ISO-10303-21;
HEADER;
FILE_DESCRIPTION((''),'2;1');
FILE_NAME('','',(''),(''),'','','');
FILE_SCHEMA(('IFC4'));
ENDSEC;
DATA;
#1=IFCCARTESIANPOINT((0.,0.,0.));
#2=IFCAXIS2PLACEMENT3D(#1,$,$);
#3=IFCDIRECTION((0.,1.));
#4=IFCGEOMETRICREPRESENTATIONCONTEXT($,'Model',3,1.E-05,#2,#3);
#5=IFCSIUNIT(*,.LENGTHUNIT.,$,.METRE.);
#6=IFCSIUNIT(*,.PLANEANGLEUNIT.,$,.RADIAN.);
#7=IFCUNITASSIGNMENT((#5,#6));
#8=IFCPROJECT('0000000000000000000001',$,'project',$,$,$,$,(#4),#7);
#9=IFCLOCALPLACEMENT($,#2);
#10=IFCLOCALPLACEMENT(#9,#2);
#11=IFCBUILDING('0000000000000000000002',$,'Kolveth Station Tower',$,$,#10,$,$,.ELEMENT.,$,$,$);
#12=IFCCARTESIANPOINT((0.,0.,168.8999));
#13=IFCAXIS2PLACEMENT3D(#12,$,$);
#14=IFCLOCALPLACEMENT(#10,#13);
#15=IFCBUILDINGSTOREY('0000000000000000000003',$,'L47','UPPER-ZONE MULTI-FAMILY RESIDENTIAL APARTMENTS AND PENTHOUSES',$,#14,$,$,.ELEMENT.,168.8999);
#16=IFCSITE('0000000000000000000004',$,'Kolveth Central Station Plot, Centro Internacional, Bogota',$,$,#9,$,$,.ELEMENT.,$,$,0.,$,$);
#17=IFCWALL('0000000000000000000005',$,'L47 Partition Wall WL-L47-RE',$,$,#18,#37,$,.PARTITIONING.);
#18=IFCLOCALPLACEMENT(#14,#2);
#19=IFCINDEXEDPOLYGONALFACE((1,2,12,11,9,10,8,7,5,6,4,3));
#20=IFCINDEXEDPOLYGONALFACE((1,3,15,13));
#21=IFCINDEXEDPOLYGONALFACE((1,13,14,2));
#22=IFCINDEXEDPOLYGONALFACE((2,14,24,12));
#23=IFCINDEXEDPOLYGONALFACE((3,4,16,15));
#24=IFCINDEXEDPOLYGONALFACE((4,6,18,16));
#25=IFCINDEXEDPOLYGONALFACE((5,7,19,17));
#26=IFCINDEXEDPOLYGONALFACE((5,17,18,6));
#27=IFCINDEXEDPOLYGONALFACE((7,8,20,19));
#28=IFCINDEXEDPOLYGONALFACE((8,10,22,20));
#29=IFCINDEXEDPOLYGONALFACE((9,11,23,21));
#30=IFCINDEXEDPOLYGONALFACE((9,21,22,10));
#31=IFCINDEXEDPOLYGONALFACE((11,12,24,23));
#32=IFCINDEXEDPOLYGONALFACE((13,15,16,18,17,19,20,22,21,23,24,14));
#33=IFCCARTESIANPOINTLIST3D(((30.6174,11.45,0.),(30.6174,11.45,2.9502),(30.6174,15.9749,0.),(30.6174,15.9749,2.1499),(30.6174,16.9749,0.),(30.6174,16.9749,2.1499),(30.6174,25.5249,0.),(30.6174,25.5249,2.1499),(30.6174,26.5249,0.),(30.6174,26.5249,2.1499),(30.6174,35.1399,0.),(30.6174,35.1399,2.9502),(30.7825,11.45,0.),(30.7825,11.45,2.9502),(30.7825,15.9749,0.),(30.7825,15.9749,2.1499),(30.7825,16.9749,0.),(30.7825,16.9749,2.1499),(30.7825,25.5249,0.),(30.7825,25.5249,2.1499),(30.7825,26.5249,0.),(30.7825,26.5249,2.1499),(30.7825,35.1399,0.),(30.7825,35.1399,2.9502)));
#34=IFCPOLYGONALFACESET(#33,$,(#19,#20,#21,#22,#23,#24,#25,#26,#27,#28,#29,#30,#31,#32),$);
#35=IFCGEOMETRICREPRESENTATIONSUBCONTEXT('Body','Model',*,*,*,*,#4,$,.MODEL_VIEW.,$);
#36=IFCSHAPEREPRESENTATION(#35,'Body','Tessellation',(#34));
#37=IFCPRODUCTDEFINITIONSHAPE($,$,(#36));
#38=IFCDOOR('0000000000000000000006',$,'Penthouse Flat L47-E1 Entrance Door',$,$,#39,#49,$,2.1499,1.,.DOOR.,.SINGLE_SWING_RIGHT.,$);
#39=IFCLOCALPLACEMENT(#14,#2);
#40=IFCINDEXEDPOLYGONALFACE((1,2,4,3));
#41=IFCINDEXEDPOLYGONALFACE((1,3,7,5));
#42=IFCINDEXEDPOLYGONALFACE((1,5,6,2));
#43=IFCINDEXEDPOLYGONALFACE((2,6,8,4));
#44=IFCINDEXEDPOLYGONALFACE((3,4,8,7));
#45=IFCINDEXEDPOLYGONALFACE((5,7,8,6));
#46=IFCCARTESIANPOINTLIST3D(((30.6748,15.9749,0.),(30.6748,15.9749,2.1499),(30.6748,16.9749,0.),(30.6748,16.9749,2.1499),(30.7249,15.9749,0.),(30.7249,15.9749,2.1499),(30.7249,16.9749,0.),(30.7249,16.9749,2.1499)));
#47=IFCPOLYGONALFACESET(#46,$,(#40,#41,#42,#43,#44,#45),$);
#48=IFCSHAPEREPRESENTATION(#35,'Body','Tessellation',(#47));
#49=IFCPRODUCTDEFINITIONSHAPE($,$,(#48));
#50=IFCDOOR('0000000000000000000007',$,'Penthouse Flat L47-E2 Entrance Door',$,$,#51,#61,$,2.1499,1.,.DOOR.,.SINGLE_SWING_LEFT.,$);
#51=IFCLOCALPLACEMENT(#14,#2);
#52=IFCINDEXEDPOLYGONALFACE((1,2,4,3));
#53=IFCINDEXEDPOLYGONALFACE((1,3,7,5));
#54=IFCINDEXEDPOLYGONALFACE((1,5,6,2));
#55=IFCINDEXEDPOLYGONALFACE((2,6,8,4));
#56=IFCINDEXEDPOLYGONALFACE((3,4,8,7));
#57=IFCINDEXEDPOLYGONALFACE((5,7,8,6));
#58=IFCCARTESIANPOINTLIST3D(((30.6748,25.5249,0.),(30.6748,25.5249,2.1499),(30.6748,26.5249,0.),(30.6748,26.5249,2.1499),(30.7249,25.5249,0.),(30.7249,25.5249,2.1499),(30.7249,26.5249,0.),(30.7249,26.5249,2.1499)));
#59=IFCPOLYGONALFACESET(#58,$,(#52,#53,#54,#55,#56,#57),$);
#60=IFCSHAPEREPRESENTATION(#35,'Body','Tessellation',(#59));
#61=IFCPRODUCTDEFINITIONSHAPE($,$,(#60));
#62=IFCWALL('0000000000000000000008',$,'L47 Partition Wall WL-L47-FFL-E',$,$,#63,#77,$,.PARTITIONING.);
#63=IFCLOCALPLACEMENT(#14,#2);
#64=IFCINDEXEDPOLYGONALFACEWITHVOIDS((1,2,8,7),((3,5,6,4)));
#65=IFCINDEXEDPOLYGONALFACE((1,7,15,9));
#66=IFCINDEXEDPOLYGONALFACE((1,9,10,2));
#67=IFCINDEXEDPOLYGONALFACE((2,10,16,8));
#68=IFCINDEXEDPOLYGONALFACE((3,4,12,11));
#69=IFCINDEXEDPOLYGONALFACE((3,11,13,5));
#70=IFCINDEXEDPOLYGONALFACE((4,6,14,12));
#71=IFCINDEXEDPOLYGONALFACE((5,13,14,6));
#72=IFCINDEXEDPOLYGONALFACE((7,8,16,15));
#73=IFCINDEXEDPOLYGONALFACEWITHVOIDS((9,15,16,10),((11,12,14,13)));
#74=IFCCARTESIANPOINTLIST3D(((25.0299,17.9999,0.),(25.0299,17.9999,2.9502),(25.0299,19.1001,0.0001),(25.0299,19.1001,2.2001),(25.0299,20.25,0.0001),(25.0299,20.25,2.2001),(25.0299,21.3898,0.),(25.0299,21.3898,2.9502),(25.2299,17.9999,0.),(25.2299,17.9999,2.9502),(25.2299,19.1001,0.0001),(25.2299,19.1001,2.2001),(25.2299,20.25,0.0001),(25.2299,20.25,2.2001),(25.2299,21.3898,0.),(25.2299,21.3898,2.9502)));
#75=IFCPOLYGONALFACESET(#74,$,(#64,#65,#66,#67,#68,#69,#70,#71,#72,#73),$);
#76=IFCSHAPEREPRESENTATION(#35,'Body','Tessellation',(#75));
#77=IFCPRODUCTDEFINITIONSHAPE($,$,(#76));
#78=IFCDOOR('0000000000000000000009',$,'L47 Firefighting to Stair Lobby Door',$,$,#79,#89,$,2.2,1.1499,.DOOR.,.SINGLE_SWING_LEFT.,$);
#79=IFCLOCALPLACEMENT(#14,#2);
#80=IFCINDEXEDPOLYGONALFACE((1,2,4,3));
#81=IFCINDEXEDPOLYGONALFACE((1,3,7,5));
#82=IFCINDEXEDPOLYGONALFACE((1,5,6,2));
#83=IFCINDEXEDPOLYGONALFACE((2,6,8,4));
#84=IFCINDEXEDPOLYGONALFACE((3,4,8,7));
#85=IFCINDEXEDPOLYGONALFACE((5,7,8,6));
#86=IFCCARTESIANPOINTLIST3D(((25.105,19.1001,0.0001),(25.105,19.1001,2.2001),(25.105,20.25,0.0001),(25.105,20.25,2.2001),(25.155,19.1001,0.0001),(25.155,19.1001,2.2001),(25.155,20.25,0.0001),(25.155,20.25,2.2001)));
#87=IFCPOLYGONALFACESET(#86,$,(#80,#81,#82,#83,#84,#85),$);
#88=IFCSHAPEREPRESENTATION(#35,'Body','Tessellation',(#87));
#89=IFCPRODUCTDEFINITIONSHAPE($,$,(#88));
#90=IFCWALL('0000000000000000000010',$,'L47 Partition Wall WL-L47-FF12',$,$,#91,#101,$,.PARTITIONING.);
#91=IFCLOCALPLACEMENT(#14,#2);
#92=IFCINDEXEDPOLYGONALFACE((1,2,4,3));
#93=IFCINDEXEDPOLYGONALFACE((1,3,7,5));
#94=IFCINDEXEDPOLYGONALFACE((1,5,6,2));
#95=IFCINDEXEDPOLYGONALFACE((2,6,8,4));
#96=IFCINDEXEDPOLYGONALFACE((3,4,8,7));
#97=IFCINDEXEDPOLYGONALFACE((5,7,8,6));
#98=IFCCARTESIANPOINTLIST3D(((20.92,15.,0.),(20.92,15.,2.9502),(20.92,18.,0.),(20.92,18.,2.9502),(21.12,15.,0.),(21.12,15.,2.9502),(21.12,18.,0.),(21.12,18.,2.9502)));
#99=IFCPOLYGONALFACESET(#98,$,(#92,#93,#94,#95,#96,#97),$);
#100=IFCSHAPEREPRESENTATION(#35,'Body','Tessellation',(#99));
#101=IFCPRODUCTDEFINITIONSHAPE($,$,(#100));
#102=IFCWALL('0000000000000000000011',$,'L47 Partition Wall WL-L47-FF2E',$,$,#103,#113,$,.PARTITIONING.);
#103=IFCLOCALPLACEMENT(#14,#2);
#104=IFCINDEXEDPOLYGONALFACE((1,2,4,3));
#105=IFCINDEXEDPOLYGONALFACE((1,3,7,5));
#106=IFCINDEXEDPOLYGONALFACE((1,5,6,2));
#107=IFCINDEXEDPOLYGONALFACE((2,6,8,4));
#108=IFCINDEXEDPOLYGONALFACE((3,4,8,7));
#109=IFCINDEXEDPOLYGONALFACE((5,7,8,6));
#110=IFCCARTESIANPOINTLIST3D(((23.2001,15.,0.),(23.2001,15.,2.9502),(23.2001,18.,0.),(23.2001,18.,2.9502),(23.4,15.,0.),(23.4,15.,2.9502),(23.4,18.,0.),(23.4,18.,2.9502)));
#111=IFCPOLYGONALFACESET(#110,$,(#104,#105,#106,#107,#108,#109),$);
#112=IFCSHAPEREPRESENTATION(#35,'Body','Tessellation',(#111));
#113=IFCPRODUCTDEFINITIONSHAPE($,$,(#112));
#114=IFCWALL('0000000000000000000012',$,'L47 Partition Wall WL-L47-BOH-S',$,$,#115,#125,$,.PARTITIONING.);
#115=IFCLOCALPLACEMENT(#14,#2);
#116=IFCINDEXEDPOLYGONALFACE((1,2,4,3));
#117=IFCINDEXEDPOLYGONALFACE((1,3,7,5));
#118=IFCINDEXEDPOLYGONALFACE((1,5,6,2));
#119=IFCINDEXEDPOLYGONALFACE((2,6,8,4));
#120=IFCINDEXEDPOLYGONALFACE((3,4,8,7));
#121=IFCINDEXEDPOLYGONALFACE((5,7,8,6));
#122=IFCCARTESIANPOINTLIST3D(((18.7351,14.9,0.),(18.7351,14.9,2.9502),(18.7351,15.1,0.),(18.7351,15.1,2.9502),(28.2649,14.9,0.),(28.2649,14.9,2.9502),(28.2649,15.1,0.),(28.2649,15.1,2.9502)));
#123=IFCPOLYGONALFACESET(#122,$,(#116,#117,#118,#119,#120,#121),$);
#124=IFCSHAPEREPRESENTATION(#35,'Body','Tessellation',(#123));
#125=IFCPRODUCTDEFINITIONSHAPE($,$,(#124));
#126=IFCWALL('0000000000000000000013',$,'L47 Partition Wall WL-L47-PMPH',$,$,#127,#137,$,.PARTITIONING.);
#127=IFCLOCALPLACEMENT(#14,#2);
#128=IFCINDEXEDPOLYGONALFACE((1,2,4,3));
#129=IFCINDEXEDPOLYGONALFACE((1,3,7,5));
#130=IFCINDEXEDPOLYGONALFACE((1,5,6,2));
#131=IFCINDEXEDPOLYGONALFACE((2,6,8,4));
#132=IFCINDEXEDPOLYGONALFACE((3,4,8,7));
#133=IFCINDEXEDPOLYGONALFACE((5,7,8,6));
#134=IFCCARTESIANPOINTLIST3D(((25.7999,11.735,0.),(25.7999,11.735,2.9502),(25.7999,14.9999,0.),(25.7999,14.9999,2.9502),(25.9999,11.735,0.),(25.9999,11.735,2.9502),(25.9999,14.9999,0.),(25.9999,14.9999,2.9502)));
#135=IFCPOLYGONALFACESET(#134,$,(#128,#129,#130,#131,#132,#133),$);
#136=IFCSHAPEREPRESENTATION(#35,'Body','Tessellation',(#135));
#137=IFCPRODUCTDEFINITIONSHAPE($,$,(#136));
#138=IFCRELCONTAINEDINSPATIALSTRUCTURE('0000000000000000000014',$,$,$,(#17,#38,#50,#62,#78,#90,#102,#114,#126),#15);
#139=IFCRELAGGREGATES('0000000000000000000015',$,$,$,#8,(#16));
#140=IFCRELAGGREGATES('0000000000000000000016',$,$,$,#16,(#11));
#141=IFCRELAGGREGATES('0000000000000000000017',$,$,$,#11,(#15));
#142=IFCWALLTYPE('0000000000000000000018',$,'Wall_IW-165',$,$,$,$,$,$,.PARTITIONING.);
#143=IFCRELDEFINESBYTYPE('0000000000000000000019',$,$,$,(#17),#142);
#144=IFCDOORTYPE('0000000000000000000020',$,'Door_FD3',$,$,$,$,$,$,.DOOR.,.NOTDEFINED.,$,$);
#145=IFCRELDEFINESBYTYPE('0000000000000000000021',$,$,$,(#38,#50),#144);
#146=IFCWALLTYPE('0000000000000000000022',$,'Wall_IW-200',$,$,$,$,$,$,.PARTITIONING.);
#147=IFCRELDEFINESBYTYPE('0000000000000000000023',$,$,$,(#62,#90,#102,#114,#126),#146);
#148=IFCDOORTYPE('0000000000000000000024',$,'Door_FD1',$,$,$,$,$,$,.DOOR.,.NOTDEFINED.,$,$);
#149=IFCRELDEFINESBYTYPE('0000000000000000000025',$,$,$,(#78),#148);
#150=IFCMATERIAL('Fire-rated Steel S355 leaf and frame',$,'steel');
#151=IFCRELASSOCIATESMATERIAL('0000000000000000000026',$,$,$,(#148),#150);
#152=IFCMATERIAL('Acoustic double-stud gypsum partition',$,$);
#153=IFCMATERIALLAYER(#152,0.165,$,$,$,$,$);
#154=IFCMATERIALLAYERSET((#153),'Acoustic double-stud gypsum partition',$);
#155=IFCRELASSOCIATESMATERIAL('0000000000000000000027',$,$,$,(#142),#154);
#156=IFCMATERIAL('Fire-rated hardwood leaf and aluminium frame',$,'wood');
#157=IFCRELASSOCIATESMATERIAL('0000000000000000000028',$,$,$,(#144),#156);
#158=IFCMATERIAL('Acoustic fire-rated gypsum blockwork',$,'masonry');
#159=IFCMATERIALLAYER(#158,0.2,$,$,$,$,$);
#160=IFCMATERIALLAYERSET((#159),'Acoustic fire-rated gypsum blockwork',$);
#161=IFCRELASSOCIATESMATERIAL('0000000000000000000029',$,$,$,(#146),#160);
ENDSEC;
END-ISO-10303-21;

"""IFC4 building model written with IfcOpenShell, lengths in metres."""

from ifc_helpers import new_model, si_unit, direction, frame, frame_2d, origin, place, context, subcontext, project, spatial, rectangle, extrude, material, layer, layer_set, type_object, element, fill, save


model = new_model("IFC4")

# Units and contexts
model_context = context("Model", 3, precision=1e-05, world=origin(), true_north=direction((0.0, 1.0)))
body_context = subcontext(model_context, "Body", "Model", "MODEL_VIEW")
ifc_project = project(units=[si_unit("LENGTHUNIT", "METRE"), si_unit("PLANEANGLEUNIT", "RADIAN")], contexts=[model_context])

# Site, building, storey
site_placement = place(None, origin())
site = spatial("IfcSite", under=ifc_project, at=site_placement, Name="Kolveth Central Station Plot, Centro Internacional, Bogota", CompositionType="ELEMENT", RefElevation=0.0)
building_placement = place(site_placement, origin())
building = spatial("IfcBuilding", under=site, at=building_placement, Name="Kolveth Station Tower", CompositionType="ELEMENT")
storey_placement = place(building_placement, frame((0.0, 0.0, 168.8999)))
storey = spatial("IfcBuildingStorey", under=building, at=storey_placement, Name="L47", Description="UPPER-ZONE MULTI-FAMILY RESIDENTIAL APARTMENTS AND PENTHOUSES", CompositionType="ELEMENT", Elevation=168.8999)

# Shared definitions
ifc_material_1 = material(Name="Fire-rated Steel S355 leaf and frame", Category="steel")
door_type_1 = type_object("IfcDoorType", Name="Door_FD1", OperationType="NOTDEFINED", PredefinedType="DOOR", material=ifc_material_1)

# Shared definitions
ifc_material_2 = material(Name="Acoustic double-stud gypsum partition")
ifc_layer_1 = layer(ifc_material_2, 0.165)
ifc_layer_set_1 = layer_set([ifc_layer_1], Name="Acoustic double-stud gypsum partition")
wall_type_1 = type_object("IfcWallType", Name="Wall_IW-165", PredefinedType="PARTITIONING", material=ifc_layer_set_1)

# Wall, openings, doors
wall_1_placement = place(storey_placement, frame((30.7, 11.45, 0.0), z_axis=(0.0, 0.0, 1.0), x_axis=(0.0, 1.0, 0.0)))
wall_1 = element("IfcWall", 1, at=wall_1_placement, inside=storey, type_object=wall_type_1, Name="L47 Partition Wall WL-L47-RE", PredefinedType="PARTITIONING", context=body_context, shape_type="SweptSolid", body=[
    extrude(rectangle(XDim=23.6899, YDim=0.165, at=frame_2d((11.845, 0.0))), origin(), (0.0, 0.0, 1.0), 2.9502),
])
opening_1_placement = place(wall_1_placement, frame((4.5249, 0.0, 0.0)))
opening_1 = element("IfcOpeningElement", 2, at=opening_1_placement, cuts=wall_1, PredefinedType="OPENING", context=body_context, shape_type="SweptSolid", body=[
    extrude(rectangle(XDim=1.0, YDim=2.1499, at=frame_2d((0.5, 1.075))), frame((0.0, 0.0925, 0.0), z_axis=(0.0, -1.0, 0.0), x_axis=(1.0, 0.0, 0.0)), (0.0, 0.0, 1.0), 0.1851),
])
opening_2_placement = place(wall_1_placement, frame((14.075, 0.0, 0.0)))
opening_2 = element("IfcOpeningElement", 3, at=opening_2_placement, cuts=wall_1, PredefinedType="OPENING", context=body_context, shape_type="SweptSolid", body=[
    extrude(rectangle(XDim=1.0, YDim=2.1499, at=frame_2d((0.5, 1.075))), frame((0.0, 0.0925, 0.0), z_axis=(0.0, -1.0, 0.0), x_axis=(1.0, 0.0, 0.0)), (0.0, 0.0, 1.0), 0.1851),
])
ifc_material_3 = material(Name="Fire-rated hardwood leaf and aluminium frame", Category="wood")
door_type_2 = type_object("IfcDoorType", Name="Door_FD3", OperationType="NOTDEFINED", PredefinedType="DOOR", material=ifc_material_3)
door_1_placement = place(opening_1_placement, frame((1.0, 0.0, 0.0), z_axis=(0.0, 0.0, 1.0), x_axis=(-1.0, 0.0, 0.0)))
door_1 = element("IfcDoor", 4, at=door_1_placement, inside=storey, type_object=door_type_2, Name="Penthouse Flat L47-E1 Entrance Door", OperationType="SINGLE_SWING_RIGHT", OverallHeight=2.1499, OverallWidth=1.0, PredefinedType="DOOR", context=body_context, shape_type="SweptSolid", body=[
    extrude(rectangle(XDim=1.0, YDim=2.1499, at=frame_2d((0.5, 1.075))), frame((0.0, 0.0249, 0.0), z_axis=(0.0, -1.0, 0.0), x_axis=(1.0, 0.0, 0.0)), (0.0, 0.0, 1.0), 0.05),
])
fill(opening_1, door_1)
door_2_placement = place(opening_2_placement, frame((1.0, 0.0, 0.0), z_axis=(0.0, 0.0, 1.0), x_axis=(-1.0, 0.0, 0.0)))
door_2 = element("IfcDoor", 5, at=door_2_placement, inside=storey, type_object=door_type_2, Name="Penthouse Flat L47-E2 Entrance Door", OperationType="SINGLE_SWING_LEFT", OverallHeight=2.1499, OverallWidth=1.0, PredefinedType="DOOR", context=body_context, shape_type="SweptSolid", body=[
    extrude(rectangle(XDim=1.0, YDim=2.1499, at=frame_2d((0.5, 1.075))), frame((0.0, 0.0249, 0.0), z_axis=(0.0, -1.0, 0.0), x_axis=(1.0, 0.0, 0.0)), (0.0, 0.0, 1.0), 0.05),
])
fill(opening_2, door_2)

# Wall, opening, door
ifc_material_4 = material(Name="Acoustic fire-rated gypsum blockwork", Category="masonry")
ifc_layer_2 = layer(ifc_material_4, 0.2)
ifc_layer_set_2 = layer_set([ifc_layer_2], Name="Acoustic fire-rated gypsum blockwork")
wall_type_2 = type_object("IfcWallType", Name="Wall_IW-200", PredefinedType="PARTITIONING", material=ifc_layer_set_2)
wall_2_placement = place(storey_placement, frame((25.1299, 18.0, 0.0), z_axis=(0.0, 0.0, 1.0), x_axis=(0.0, 1.0, 0.0)))
wall_2 = element("IfcWall", 6, at=wall_2_placement, inside=storey, type_object=wall_type_2, Name="L47 Partition Wall WL-L47-FFL-E", PredefinedType="PARTITIONING", context=body_context, shape_type="SweptSolid", body=[
    extrude(rectangle(XDim=3.3899, YDim=0.2, at=frame_2d((1.6948, 0.0))), origin(), (0.0, 0.0, 1.0), 2.9502),
])
opening_3_placement = place(wall_2_placement, frame((1.1001, 0.0, 0.0)))
opening_3 = element("IfcOpeningElement", 7, at=opening_3_placement, cuts=wall_2, PredefinedType="OPENING", context=body_context, shape_type="SweptSolid", body=[
    extrude(rectangle(XDim=1.1499, YDim=2.2, at=frame_2d((0.575, 1.1001))), frame((0.0, 0.1099, 0.0), z_axis=(0.0, -1.0, 0.0), x_axis=(1.0, 0.0, 0.0)), (0.0, 0.0, 1.0), 0.22),
])
door_3_placement = place(opening_3_placement, origin())
door_3 = element("IfcDoor", 8, at=door_3_placement, inside=storey, type_object=door_type_1, Name="L47 Firefighting to Stair Lobby Door", OperationType="SINGLE_SWING_LEFT", OverallHeight=2.2, OverallWidth=1.1499, PredefinedType="DOOR", context=body_context, shape_type="SweptSolid", body=[
    extrude(rectangle(XDim=1.1499, YDim=2.2, at=frame_2d((0.575, 1.1001))), frame((0.0, 0.0249, 0.0), z_axis=(0.0, -1.0, 0.0), x_axis=(1.0, 0.0, 0.0)), (0.0, 0.0, 1.0), 0.05),
])
fill(opening_3, door_3)

# Walls
for number, where, z_axis, x_axis, name in (
    (9, (21.02, 15.0, 0.0), (0.0, 0.0, 1.0), (0.0, 1.0, 0.0), "L47 Partition Wall WL-L47-FF12"),
    (10, (23.3, 15.0, 0.0), (0.0, 0.0, 1.0), (0.0, 1.0, 0.0), "L47 Partition Wall WL-L47-FF2E"),
):
    element("IfcWall", number, at=place(storey_placement, frame(where, z_axis=z_axis, x_axis=x_axis)), inside=storey, type_object=wall_type_2, Name=name, PredefinedType="PARTITIONING", context=body_context, shape_type="SweptSolid", body=[
        extrude(rectangle(XDim=3.0, YDim=0.2, at=frame_2d((1.5, 0.0))), origin(), (0.0, 0.0, 1.0), 2.9502),
    ])
wall_3_placement = place(storey_placement, frame((18.7351, 15.0, 0.0), z_axis=(0.0, 0.0, 1.0), x_axis=(1.0, 0.0, 0.0)))
element("IfcWall", 11, at=wall_3_placement, inside=storey, type_object=wall_type_2, Name="L47 Partition Wall WL-L47-BOH-S", PredefinedType="PARTITIONING", context=body_context, shape_type="SweptSolid", body=[
    extrude(rectangle(XDim=9.5298, YDim=0.2, at=frame_2d((4.7649, 0.0))), origin(), (0.0, 0.0, 1.0), 2.9502),
])
wall_4_placement = place(storey_placement, frame((25.8999, 11.7351, 0.0), z_axis=(0.0, 0.0, 1.0), x_axis=(0.0, 1.0, 0.0)))
element("IfcWall", 12, at=wall_4_placement, inside=storey, type_object=wall_type_2, Name="L47 Partition Wall WL-L47-PMPH", PredefinedType="PARTITIONING", context=body_context, shape_type="SweptSolid", body=[
    extrude(rectangle(XDim=3.2649, YDim=0.2, at=frame_2d((1.6323, 0.0))), origin(), (0.0, 0.0, 1.0), 2.9502),
])

save(model, "model.ifc")
